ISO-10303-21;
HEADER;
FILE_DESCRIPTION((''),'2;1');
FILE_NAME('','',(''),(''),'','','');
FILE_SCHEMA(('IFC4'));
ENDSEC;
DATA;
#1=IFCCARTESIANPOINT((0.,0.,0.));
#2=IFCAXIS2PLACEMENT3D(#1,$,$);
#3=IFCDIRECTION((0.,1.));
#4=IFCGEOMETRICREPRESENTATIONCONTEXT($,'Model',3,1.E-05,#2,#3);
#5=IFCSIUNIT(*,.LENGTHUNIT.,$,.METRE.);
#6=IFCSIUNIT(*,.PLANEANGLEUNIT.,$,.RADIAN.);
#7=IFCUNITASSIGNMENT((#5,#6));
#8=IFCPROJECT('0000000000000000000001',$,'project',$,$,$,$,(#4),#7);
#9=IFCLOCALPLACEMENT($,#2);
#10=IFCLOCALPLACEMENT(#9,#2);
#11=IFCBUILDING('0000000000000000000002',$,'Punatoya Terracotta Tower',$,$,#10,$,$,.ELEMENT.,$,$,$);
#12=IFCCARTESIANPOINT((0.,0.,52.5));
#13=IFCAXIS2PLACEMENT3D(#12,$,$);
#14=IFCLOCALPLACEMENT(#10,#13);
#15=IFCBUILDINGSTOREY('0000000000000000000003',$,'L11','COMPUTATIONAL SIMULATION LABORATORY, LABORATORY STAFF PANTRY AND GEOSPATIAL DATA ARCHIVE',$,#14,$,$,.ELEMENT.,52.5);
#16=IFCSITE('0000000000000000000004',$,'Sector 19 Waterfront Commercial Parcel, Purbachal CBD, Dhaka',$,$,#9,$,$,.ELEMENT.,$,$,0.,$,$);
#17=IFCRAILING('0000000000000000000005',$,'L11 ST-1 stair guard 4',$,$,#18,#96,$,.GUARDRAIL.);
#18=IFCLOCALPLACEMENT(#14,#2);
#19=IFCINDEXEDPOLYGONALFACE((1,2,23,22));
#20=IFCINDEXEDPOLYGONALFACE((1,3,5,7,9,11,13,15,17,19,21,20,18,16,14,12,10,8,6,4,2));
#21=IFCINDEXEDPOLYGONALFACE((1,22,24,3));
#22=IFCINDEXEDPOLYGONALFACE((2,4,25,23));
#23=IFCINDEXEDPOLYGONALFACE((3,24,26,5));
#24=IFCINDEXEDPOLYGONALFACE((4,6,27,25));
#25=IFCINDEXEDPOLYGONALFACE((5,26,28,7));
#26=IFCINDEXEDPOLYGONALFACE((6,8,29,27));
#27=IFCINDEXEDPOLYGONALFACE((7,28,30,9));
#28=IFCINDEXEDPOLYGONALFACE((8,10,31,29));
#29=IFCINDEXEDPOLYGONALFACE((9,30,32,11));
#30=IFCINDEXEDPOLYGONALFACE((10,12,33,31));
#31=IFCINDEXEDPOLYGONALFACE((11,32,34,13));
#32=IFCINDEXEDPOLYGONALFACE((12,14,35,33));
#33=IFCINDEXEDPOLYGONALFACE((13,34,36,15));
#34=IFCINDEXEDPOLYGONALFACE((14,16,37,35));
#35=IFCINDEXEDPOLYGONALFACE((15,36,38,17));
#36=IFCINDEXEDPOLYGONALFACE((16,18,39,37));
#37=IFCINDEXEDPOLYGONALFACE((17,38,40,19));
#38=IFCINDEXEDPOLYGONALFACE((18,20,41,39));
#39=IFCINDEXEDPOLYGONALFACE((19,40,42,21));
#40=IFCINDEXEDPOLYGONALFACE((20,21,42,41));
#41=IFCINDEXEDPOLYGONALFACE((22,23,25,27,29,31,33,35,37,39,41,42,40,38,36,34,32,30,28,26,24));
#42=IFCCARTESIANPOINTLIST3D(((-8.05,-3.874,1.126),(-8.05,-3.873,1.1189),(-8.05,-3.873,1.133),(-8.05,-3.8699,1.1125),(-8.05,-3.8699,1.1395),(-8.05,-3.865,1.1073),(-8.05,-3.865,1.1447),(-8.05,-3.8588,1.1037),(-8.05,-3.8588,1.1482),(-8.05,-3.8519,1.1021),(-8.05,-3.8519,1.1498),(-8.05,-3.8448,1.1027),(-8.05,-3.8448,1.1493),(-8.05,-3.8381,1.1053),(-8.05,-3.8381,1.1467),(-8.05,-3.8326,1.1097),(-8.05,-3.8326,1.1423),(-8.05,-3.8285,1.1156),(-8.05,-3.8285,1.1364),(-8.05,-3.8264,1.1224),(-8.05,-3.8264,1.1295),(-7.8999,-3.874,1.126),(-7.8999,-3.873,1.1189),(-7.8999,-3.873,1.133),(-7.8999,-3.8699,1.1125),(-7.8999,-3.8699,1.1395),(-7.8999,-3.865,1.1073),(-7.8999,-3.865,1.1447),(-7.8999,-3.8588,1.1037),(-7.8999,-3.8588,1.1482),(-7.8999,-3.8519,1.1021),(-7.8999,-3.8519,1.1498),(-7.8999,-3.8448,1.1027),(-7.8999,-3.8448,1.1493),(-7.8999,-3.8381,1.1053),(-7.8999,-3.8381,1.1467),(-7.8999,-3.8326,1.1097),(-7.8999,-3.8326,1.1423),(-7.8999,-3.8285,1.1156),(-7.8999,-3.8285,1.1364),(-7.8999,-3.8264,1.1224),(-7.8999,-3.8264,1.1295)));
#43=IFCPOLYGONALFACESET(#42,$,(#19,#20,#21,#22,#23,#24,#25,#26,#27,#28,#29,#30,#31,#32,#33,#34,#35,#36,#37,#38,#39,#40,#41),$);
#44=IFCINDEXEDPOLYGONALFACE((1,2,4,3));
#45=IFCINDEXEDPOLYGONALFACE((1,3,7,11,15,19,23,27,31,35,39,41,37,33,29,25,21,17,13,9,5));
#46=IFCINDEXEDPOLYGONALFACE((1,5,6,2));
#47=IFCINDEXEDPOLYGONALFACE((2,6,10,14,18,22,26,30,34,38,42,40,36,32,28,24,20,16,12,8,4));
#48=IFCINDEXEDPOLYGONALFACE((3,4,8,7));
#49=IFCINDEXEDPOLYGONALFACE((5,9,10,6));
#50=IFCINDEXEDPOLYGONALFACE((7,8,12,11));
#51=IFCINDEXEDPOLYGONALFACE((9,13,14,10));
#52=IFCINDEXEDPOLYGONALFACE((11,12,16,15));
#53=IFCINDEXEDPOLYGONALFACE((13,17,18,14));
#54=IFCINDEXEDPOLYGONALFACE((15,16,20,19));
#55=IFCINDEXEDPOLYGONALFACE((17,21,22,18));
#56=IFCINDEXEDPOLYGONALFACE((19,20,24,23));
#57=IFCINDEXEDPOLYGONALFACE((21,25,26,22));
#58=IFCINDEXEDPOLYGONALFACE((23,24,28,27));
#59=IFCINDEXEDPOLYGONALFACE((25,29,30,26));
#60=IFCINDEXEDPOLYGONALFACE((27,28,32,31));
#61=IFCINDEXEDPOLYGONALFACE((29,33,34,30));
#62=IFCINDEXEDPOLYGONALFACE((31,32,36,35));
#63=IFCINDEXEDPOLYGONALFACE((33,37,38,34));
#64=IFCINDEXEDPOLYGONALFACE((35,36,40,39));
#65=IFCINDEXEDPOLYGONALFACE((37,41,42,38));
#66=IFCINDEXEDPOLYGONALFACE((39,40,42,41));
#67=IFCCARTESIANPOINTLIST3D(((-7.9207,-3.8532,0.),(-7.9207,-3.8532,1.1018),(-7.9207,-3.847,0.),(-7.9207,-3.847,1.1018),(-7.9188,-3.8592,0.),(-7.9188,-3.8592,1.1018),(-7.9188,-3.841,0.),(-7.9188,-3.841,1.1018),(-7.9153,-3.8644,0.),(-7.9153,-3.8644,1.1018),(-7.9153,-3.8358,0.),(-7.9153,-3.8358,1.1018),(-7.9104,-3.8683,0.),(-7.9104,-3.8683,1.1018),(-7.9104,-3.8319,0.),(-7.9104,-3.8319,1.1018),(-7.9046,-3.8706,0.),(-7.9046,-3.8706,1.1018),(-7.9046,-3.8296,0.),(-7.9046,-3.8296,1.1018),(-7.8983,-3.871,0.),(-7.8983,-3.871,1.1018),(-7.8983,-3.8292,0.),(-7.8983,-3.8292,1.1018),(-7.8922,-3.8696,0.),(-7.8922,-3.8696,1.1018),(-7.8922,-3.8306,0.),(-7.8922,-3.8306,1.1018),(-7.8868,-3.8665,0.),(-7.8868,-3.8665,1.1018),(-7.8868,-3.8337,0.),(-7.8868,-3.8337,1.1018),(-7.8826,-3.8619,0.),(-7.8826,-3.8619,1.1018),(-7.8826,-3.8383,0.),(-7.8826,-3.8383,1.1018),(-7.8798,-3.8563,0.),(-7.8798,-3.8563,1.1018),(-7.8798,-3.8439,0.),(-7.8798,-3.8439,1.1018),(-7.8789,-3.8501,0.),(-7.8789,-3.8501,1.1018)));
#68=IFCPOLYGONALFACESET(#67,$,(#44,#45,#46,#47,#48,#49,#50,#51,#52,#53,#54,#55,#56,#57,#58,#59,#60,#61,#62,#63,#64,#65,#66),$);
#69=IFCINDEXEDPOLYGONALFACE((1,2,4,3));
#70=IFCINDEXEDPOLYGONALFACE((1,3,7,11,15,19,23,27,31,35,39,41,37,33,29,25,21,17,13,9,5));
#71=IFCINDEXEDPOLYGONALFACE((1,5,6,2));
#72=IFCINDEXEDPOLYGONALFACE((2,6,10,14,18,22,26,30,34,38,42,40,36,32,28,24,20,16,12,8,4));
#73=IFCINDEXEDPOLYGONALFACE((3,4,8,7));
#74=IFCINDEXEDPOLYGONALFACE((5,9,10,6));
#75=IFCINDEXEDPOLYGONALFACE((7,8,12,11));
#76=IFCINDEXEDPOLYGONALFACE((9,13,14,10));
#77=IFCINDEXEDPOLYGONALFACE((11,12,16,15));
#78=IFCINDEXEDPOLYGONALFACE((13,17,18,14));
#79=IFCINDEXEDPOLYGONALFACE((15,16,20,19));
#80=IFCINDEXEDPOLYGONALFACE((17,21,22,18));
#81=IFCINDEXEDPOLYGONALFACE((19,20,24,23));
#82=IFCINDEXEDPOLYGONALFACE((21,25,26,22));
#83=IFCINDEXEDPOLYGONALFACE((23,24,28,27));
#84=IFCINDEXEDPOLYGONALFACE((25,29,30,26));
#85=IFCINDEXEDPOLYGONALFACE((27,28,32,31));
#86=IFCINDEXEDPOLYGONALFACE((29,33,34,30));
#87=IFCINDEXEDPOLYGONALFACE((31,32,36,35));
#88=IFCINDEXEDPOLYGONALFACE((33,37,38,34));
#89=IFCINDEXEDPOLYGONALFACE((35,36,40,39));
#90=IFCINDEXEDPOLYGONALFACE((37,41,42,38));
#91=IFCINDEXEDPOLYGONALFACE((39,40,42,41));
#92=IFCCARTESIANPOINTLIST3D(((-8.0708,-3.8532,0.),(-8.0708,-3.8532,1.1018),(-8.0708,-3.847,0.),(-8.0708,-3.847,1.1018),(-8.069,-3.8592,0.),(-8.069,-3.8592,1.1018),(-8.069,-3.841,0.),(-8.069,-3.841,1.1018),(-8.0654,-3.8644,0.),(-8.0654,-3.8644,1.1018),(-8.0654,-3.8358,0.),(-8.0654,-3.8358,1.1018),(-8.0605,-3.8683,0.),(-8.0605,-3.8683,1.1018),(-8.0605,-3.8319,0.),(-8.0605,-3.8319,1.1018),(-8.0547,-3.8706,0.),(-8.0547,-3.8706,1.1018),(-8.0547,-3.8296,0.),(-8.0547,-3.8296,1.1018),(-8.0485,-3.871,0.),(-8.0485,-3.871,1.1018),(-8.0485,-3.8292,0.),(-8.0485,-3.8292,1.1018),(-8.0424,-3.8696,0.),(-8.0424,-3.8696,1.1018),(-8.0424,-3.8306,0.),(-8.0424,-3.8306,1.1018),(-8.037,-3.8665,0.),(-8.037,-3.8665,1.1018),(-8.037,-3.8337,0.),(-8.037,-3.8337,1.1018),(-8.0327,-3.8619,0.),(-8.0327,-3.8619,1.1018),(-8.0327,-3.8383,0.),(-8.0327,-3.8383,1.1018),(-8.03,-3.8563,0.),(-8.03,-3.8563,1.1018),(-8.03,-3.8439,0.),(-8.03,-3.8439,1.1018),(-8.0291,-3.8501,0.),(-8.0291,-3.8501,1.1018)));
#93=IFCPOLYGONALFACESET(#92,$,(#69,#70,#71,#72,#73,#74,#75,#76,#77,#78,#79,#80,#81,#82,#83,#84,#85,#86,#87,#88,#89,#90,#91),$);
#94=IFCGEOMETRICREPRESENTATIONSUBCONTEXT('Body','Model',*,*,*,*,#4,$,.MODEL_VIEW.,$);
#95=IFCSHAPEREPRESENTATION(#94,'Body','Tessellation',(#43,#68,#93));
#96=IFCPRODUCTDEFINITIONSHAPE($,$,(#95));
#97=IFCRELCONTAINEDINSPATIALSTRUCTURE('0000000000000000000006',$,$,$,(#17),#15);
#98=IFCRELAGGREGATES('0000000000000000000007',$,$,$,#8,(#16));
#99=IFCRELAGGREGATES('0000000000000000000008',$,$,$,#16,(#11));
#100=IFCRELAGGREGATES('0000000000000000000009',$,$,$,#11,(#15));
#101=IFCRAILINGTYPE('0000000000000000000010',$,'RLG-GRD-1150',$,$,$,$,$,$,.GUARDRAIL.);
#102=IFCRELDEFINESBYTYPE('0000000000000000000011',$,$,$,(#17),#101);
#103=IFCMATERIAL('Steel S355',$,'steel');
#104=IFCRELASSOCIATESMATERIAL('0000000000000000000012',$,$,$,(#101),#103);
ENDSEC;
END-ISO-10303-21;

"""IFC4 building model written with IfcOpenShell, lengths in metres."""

from ifc_helpers import new_model, si_unit, direction, frame, origin, origin_2d, place, context, subcontext, project, spatial, circle, extrude, material, type_object, element, save


model = new_model("IFC4")

# Units and contexts
model_context = context("Model", 3, precision=1e-05, world=origin(), true_north=direction((0.0, 1.0)))
body_context = subcontext(model_context, "Body", "Model", "MODEL_VIEW")
ifc_project = project(units=[si_unit("LENGTHUNIT", "METRE"), si_unit("PLANEANGLEUNIT", "RADIAN")], contexts=[model_context])

# Site, building, storey
site_placement = place(None, origin())
site = spatial("IfcSite", under=ifc_project, at=site_placement, Name="Sector 19 Waterfront Commercial Parcel, Purbachal CBD, Dhaka", CompositionType="ELEMENT", RefElevation=0.0)
building_placement = place(site_placement, origin())
building = spatial("IfcBuilding", under=site, at=building_placement, Name="Punatoya Terracotta Tower", CompositionType="ELEMENT")
storey_placement = place(building_placement, frame((0.0, 0.0, 52.5)))
storey = spatial("IfcBuildingStorey", under=building, at=storey_placement, Name="L11", Description="COMPUTATIONAL SIMULATION LABORATORY, LABORATORY STAFF PANTRY AND GEOSPATIAL DATA ARCHIVE", CompositionType="ELEMENT", Elevation=52.5)

# Shared definitions
ifc_material_1 = material(Name="Steel S355", Category="steel")

# Railing
railing_type_1 = type_object("IfcRailingType", Name="RLG-GRD-1150", PredefinedType="GUARDRAIL", material=ifc_material_1)
railing_1_placement = place(storey_placement, frame((-7.8999, -3.8501, 0.0)))
element("IfcRailing", 1, at=railing_1_placement, inside=storey, type_object=railing_type_1, Name="L11 ST-1 stair guard 4", PredefinedType="GUARDRAIL", context=body_context, shape_type="SweptSolid", body=[
    extrude(circle(Radius=0.0239, at=origin_2d()), frame((0.0, 0.0, 1.126), z_axis=(-1.0, 0.0, 0.0), x_axis=(0.0, -1.0, 0.0)), (0.0, 0.0, 1.0), 0.1501),
    extrude(circle(Radius=0.021, at=origin_2d()), origin(), (0.0, 0.0, 1.0), 1.1018),
    extrude(circle(Radius=0.021, at=origin_2d()), frame((-0.1501, 0.0, 0.0)), (0.0, 0.0, 1.0), 1.1018),
])

save(model, "model.ifc")
